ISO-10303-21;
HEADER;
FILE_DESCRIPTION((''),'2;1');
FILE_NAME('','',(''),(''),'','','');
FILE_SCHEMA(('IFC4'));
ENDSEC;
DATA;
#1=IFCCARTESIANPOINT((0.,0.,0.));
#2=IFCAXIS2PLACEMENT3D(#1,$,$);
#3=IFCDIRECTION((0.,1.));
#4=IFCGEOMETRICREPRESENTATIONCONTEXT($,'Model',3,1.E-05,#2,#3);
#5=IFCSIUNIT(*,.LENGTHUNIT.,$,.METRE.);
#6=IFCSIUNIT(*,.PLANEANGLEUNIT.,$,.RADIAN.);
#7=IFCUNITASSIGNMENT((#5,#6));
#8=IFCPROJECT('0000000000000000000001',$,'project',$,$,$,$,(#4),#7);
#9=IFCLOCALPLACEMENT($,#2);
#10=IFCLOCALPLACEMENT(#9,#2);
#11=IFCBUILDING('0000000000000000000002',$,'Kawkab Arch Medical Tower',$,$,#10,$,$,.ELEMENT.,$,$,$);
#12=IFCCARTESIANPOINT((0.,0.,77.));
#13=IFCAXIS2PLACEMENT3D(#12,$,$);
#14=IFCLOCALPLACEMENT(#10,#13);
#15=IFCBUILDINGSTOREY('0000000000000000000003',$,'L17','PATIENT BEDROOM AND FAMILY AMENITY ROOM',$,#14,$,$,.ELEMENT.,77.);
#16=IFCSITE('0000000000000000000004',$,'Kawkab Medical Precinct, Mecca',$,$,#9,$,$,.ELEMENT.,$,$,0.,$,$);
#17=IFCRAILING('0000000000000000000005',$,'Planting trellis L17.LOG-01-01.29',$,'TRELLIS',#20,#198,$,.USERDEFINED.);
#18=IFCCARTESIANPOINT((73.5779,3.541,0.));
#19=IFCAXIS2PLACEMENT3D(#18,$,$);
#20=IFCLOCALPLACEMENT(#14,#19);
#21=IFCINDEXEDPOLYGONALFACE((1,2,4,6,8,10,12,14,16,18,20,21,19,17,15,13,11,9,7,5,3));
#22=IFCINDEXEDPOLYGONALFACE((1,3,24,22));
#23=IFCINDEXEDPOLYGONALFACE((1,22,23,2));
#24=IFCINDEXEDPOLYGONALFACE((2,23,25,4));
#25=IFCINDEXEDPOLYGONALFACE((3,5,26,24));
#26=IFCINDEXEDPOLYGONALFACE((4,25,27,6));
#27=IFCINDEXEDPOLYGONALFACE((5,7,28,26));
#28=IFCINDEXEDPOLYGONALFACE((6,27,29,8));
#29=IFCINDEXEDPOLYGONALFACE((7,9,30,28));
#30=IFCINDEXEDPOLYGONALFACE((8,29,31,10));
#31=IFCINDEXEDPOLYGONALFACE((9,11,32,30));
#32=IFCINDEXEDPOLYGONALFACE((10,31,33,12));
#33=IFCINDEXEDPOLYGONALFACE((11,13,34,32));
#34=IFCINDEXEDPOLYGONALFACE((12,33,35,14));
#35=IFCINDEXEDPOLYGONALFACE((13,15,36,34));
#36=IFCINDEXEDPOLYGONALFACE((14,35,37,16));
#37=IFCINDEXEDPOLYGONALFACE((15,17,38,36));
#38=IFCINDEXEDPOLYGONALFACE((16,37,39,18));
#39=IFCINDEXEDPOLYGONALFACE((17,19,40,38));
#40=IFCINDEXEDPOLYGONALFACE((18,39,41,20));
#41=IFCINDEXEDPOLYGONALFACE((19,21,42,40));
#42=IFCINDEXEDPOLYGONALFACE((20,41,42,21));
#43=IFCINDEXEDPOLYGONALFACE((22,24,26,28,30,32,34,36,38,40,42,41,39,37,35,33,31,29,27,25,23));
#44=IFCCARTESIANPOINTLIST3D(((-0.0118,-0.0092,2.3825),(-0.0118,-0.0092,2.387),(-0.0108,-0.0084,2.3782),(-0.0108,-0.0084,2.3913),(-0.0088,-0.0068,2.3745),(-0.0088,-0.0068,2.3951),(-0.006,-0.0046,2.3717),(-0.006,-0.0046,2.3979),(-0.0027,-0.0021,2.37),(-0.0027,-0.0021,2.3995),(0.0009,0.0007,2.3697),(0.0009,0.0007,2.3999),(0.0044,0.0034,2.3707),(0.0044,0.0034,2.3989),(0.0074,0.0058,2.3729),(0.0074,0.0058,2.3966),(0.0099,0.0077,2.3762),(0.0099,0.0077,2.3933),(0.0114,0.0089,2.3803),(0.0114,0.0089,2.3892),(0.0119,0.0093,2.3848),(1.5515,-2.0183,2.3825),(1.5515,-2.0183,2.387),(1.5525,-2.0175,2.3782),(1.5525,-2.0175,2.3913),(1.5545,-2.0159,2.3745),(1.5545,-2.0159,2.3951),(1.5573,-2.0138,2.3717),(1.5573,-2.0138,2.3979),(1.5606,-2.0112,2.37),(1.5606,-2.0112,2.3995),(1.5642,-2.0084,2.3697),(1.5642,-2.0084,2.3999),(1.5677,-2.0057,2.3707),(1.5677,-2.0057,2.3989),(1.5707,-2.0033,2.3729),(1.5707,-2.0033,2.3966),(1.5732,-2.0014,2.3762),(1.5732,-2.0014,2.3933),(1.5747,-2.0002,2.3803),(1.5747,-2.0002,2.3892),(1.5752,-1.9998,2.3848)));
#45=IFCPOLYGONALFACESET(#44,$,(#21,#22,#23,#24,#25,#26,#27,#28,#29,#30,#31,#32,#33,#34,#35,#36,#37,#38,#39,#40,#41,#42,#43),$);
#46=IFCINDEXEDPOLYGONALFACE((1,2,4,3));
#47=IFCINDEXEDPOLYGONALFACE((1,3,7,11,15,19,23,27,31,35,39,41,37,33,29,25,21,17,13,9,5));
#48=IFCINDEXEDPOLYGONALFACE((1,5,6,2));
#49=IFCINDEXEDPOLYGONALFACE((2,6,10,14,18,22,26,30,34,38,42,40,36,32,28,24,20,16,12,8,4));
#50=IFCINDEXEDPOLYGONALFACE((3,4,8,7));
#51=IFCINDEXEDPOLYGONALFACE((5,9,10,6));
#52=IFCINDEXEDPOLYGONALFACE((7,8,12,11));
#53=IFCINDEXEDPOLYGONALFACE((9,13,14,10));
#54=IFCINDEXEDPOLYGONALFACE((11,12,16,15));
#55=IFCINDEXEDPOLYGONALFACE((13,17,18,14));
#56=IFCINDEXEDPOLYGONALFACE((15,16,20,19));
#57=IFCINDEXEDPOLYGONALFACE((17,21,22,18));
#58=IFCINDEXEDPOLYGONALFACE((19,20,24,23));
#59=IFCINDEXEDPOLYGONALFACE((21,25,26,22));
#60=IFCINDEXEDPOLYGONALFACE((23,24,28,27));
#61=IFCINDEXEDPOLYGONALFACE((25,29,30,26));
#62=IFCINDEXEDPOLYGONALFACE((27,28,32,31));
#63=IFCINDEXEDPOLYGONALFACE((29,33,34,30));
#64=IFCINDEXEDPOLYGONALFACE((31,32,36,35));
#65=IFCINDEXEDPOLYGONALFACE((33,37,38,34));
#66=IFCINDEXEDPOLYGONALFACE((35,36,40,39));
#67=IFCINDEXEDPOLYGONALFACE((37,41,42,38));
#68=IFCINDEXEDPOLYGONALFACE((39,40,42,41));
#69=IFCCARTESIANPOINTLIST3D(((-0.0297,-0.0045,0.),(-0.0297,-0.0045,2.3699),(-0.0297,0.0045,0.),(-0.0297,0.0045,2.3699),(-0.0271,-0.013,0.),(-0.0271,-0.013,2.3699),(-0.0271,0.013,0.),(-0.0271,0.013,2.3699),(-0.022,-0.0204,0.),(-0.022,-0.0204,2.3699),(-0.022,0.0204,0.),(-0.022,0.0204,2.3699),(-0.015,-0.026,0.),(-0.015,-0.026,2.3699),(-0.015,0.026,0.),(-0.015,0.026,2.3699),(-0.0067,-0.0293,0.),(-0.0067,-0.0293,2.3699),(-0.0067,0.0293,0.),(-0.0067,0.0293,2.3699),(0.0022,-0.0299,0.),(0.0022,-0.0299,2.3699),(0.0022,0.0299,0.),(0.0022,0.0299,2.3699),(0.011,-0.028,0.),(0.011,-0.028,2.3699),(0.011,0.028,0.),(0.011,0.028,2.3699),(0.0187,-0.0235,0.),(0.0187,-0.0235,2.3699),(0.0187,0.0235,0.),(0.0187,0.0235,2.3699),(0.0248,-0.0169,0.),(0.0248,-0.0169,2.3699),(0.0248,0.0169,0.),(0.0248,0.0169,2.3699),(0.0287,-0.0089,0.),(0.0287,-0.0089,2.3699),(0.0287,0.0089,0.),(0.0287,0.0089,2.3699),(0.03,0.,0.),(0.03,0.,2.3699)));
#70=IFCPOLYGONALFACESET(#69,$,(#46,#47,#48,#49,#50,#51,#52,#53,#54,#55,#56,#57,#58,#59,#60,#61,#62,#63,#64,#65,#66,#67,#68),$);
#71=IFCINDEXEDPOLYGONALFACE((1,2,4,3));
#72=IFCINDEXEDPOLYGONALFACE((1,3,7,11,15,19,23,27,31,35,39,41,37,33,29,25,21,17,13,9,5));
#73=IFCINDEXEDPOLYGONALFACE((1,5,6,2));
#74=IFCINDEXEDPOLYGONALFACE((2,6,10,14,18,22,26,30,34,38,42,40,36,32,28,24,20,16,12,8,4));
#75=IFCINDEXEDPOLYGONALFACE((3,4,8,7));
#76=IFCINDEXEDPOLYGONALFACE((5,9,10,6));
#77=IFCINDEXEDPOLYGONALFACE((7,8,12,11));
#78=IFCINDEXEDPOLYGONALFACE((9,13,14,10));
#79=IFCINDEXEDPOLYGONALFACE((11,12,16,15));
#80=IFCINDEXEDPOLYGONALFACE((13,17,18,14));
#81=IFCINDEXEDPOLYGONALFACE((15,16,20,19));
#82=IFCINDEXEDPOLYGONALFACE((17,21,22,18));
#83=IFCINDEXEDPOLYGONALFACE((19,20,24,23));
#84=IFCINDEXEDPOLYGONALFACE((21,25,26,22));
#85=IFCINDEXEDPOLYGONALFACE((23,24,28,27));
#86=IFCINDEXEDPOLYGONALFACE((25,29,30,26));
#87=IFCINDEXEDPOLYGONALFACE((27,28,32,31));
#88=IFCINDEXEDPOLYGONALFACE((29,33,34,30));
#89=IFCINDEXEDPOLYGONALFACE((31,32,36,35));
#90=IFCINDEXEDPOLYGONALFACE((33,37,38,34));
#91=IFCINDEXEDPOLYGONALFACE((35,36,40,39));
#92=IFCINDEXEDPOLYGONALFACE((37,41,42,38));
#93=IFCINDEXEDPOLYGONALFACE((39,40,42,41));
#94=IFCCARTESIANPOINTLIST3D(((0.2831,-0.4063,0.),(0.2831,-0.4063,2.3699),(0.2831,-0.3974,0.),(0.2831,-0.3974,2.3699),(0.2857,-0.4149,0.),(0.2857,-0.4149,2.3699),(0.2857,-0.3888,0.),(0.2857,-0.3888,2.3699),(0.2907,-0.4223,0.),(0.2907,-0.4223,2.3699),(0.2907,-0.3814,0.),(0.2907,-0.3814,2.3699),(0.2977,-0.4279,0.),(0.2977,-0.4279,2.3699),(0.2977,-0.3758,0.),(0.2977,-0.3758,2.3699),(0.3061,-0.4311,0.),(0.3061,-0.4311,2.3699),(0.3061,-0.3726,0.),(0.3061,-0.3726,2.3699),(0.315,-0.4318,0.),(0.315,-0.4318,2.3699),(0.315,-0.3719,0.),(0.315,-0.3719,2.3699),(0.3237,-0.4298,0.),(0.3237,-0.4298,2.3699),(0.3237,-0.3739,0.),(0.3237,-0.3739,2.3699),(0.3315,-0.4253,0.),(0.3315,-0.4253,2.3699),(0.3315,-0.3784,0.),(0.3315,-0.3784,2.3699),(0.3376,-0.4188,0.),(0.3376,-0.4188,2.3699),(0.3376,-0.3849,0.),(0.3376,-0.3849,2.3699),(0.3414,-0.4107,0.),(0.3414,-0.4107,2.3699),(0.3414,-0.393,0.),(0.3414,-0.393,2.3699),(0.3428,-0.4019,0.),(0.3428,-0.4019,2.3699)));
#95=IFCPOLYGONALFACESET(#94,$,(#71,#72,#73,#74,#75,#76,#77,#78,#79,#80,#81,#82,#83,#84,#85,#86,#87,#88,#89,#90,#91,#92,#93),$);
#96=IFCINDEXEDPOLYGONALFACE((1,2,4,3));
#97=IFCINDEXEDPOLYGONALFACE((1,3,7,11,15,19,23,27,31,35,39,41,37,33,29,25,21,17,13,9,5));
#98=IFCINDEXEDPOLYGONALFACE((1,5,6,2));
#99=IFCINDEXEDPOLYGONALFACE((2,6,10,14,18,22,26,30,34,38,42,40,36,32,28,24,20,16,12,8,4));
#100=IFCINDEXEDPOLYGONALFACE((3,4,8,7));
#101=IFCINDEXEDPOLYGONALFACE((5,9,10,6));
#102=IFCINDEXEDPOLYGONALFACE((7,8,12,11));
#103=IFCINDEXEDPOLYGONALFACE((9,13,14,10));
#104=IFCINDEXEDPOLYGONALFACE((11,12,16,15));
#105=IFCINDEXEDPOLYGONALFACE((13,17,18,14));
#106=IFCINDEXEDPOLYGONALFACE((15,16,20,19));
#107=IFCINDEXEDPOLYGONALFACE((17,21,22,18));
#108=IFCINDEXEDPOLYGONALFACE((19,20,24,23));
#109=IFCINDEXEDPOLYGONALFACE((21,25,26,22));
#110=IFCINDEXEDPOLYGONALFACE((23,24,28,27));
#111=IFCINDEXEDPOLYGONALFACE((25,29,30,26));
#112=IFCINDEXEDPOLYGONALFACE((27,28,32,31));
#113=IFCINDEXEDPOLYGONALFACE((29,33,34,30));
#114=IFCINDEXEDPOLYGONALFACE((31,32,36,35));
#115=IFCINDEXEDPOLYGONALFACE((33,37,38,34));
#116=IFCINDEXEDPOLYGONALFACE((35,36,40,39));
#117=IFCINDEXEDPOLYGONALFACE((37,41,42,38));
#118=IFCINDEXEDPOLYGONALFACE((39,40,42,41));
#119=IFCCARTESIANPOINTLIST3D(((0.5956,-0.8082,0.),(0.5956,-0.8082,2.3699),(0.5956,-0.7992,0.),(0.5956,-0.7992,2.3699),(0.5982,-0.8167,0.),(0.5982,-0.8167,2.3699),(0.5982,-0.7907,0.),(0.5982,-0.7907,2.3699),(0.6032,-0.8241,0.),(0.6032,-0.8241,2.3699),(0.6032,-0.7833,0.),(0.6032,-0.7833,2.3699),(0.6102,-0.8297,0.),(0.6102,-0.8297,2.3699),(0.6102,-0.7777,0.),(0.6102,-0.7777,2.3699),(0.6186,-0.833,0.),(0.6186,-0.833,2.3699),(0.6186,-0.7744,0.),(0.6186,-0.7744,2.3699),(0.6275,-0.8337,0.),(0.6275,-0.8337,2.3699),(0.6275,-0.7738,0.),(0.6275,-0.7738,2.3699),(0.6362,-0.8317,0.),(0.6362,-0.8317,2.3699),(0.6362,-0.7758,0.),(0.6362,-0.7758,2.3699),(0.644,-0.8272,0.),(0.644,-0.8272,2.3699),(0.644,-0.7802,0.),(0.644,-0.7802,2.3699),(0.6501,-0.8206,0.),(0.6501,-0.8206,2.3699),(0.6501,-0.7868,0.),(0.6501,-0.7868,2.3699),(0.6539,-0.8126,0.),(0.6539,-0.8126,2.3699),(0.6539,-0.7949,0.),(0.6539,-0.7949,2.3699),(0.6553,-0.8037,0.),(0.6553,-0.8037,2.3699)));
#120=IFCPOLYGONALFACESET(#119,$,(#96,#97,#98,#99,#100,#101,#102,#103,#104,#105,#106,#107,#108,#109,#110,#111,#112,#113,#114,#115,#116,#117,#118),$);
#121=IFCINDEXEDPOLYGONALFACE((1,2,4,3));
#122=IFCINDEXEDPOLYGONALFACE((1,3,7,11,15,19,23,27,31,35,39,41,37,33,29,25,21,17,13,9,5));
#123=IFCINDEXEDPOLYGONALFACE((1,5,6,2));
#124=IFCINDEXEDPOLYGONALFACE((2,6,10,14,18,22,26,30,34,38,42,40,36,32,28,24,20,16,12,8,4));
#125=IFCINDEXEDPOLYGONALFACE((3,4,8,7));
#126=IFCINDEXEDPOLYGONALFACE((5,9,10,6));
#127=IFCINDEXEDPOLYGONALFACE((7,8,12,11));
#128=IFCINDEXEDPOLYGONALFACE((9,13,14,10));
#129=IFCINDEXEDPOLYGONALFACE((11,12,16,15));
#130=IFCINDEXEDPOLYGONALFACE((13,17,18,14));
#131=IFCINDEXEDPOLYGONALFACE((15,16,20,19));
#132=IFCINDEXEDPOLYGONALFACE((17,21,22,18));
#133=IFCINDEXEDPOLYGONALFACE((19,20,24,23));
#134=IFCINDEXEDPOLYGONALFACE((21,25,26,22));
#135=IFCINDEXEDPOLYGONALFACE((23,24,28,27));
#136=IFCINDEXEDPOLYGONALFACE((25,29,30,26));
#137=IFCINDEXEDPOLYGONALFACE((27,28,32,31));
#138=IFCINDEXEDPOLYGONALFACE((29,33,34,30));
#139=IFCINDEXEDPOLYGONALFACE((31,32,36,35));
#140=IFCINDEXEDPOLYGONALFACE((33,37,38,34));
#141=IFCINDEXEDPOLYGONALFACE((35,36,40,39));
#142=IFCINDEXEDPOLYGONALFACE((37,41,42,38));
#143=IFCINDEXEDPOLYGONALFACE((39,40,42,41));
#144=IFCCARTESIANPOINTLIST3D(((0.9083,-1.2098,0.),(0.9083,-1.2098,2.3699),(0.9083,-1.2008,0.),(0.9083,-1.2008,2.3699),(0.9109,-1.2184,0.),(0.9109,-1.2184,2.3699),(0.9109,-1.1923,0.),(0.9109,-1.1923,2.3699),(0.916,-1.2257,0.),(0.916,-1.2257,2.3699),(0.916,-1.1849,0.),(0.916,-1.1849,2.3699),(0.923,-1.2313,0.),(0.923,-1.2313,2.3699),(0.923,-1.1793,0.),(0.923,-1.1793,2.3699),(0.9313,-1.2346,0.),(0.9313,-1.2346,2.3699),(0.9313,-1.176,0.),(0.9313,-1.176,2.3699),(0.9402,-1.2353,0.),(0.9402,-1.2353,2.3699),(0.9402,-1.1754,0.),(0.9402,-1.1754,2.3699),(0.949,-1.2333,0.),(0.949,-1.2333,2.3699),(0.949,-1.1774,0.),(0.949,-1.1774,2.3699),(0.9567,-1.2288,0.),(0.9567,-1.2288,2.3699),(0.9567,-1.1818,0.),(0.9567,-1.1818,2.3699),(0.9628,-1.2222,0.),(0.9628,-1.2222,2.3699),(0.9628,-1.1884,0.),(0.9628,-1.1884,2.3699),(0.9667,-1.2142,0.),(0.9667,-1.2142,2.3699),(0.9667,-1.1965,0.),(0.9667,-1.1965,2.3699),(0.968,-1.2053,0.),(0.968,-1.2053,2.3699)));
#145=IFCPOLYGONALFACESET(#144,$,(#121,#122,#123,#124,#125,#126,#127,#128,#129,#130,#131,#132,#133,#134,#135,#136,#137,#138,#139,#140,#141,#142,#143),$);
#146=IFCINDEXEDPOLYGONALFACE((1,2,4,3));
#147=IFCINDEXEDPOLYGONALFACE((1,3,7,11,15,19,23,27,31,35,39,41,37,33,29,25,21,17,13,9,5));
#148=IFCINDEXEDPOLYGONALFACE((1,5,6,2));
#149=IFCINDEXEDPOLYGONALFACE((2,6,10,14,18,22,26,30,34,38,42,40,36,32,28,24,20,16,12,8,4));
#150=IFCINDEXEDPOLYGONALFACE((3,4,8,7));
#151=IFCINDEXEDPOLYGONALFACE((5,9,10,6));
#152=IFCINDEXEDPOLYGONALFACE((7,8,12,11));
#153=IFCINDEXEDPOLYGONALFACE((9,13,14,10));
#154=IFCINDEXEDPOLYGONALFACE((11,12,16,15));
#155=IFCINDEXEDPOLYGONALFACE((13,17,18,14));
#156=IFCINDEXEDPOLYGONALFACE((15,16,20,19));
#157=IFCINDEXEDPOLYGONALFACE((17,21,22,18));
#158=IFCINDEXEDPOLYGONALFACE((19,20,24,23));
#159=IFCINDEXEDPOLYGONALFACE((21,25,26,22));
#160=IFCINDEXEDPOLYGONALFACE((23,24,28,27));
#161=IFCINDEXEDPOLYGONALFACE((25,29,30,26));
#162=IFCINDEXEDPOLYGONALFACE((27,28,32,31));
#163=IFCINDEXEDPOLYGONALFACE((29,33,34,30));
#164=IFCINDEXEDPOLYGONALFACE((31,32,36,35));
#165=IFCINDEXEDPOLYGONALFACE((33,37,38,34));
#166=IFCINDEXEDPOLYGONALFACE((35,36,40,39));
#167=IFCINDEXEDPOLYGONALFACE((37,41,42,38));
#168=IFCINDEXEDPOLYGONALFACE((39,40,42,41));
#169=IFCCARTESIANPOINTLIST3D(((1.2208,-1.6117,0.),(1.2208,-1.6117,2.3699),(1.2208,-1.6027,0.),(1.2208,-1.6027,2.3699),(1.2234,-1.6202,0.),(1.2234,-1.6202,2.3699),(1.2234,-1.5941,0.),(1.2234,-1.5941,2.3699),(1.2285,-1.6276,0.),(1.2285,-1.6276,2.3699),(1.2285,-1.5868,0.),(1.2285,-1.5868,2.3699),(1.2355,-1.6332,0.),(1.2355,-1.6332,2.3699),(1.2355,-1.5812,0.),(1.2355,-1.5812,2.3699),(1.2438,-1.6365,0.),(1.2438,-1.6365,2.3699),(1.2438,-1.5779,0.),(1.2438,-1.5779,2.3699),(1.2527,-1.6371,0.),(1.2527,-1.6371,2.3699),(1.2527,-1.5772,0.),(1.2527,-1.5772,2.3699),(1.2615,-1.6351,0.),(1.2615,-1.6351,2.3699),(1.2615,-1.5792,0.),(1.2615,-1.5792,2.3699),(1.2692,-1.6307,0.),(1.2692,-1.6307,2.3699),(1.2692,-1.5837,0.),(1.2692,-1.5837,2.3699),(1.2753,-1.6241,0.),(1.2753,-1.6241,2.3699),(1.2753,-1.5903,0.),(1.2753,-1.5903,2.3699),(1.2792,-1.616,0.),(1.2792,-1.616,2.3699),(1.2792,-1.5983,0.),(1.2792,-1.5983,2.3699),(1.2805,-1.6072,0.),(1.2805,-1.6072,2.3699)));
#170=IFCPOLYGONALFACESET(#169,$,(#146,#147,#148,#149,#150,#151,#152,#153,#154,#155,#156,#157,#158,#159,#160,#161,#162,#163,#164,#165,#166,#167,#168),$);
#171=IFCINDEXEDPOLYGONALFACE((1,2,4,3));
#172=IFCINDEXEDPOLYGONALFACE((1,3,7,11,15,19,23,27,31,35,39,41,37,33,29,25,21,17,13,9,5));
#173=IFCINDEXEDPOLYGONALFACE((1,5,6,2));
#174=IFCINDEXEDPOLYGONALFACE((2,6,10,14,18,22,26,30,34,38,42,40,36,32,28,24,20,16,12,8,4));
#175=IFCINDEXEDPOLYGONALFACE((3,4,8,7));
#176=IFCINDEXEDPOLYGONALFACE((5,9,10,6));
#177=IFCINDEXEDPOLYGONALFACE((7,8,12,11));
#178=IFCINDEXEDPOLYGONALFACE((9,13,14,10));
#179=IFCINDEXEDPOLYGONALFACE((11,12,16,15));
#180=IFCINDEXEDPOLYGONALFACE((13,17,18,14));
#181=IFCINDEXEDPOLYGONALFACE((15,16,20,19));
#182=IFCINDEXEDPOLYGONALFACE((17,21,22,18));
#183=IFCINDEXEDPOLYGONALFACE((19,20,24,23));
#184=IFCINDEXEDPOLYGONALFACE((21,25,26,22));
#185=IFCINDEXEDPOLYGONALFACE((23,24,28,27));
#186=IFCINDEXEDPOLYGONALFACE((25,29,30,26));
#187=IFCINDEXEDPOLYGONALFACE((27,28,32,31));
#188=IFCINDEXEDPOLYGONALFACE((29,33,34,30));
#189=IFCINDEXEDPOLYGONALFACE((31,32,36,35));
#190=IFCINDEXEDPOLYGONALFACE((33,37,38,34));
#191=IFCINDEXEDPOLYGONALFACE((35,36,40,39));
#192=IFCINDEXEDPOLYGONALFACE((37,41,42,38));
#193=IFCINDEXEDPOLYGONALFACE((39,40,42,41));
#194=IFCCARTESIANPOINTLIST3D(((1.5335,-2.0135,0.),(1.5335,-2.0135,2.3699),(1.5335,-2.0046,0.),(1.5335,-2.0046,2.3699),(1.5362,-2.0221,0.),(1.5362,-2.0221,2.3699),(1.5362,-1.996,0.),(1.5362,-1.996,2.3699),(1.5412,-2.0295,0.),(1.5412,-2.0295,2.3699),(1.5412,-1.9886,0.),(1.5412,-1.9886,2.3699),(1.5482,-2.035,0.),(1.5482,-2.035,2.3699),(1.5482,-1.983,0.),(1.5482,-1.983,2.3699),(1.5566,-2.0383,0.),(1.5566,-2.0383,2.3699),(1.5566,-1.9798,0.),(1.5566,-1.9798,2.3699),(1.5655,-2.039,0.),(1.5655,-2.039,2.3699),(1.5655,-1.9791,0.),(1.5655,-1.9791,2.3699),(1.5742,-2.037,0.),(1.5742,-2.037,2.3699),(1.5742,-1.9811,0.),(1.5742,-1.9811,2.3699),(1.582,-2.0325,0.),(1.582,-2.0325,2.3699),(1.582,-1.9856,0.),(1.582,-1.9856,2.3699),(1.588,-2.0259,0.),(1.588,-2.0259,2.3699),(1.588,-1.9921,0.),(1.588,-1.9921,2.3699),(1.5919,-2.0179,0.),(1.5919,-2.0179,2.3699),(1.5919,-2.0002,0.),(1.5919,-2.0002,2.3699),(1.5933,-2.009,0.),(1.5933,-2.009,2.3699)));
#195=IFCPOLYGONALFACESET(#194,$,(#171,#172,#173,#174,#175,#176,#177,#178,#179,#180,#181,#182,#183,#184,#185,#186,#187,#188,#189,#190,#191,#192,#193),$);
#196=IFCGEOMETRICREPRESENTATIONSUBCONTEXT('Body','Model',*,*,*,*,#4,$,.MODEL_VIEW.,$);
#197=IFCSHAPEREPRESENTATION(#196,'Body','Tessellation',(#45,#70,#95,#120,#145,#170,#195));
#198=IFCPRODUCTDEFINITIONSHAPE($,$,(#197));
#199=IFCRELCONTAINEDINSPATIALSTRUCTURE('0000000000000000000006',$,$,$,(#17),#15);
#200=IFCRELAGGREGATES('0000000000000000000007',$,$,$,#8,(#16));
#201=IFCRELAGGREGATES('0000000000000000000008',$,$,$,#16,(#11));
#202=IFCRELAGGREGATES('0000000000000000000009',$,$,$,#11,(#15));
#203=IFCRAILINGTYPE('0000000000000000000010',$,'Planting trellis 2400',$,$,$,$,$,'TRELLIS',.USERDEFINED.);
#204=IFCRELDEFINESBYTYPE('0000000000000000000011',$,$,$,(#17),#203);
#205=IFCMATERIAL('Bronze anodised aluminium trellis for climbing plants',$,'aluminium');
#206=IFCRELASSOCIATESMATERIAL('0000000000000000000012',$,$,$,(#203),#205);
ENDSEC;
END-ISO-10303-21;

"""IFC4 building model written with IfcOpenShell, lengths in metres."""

from ifc_helpers import new_model, si_unit, direction, frame, origin, origin_2d, place, context, subcontext, project, spatial, circle, extrude, material, type_object, element, save


model = new_model("IFC4")

# Units and contexts
model_context = context("Model", 3, precision=1e-05, world=origin(), true_north=direction((0.0, 1.0)))
body_context = subcontext(model_context, "Body", "Model", "MODEL_VIEW")
ifc_project = project(units=[si_unit("LENGTHUNIT", "METRE"), si_unit("PLANEANGLEUNIT", "RADIAN")], contexts=[model_context])

# Site, building, storey
site_placement = place(None, origin())
site = spatial("IfcSite", under=ifc_project, at=site_placement, Name="Kawkab Medical Precinct, Mecca", CompositionType="ELEMENT", RefElevation=0.0)
building_placement = place(site_placement, origin())
building = spatial("IfcBuilding", under=site, at=building_placement, Name="Kawkab Arch Medical Tower", CompositionType="ELEMENT")
storey_placement = place(building_placement, frame((0.0, 0.0, 77.0)))
storey = spatial("IfcBuildingStorey", under=building, at=storey_placement, Name="L17", Description="PATIENT BEDROOM AND FAMILY AMENITY ROOM", CompositionType="ELEMENT", Elevation=77.0)

# Railing
ifc_material_1 = material(Name="Bronze anodised aluminium trellis for climbing plants", Category="aluminium")
railing_type = type_object("IfcRailingType", Name="Planting trellis 2400", ElementType="TRELLIS", PredefinedType="USERDEFINED", material=ifc_material_1)
railing_1_placement = place(storey_placement, frame((73.5779, 3.541, 0.0)))
element("IfcRailing", 1, at=railing_1_placement, inside=storey, type_object=railing_type, Name="Planting trellis L17.LOG-01-01.29", ObjectType="TRELLIS", PredefinedType="USERDEFINED", context=body_context, shape_type="SweptSolid", body=[
    extrude(circle(Radius=0.0151, at=origin_2d()), frame((0.0, 0.0, 2.3848), z_axis=(0.6141, -0.789228, 0.0), x_axis=(0.789228, 0.6141, 0.0)), (0.0, 0.0, 1.0), 2.5457),
    extrude(circle(Radius=0.03, at=origin_2d()), origin(), (0.0, 0.0, 1.0), 2.3699),
    extrude(circle(Radius=0.03, at=origin_2d()), frame((0.3127, -0.4019, 0.0)), (0.0, 0.0, 1.0), 2.3699),
    extrude(circle(Radius=0.03, at=origin_2d()), frame((0.6252, -0.8037, 0.0)), (0.0, 0.0, 1.0), 2.3699),
    extrude(circle(Radius=0.03, at=origin_2d()), frame((0.938, -1.2053, 0.0)), (0.0, 0.0, 1.0), 2.3699),
    extrude(circle(Radius=0.03, at=origin_2d()), frame((1.2505, -1.6072, 0.0)), (0.0, 0.0, 1.0), 2.3699),
    extrude(circle(Radius=0.03, at=origin_2d()), frame((1.5632, -2.009, 0.0)), (0.0, 0.0, 1.0), 2.3699),
])

save(model, "model.ifc")
